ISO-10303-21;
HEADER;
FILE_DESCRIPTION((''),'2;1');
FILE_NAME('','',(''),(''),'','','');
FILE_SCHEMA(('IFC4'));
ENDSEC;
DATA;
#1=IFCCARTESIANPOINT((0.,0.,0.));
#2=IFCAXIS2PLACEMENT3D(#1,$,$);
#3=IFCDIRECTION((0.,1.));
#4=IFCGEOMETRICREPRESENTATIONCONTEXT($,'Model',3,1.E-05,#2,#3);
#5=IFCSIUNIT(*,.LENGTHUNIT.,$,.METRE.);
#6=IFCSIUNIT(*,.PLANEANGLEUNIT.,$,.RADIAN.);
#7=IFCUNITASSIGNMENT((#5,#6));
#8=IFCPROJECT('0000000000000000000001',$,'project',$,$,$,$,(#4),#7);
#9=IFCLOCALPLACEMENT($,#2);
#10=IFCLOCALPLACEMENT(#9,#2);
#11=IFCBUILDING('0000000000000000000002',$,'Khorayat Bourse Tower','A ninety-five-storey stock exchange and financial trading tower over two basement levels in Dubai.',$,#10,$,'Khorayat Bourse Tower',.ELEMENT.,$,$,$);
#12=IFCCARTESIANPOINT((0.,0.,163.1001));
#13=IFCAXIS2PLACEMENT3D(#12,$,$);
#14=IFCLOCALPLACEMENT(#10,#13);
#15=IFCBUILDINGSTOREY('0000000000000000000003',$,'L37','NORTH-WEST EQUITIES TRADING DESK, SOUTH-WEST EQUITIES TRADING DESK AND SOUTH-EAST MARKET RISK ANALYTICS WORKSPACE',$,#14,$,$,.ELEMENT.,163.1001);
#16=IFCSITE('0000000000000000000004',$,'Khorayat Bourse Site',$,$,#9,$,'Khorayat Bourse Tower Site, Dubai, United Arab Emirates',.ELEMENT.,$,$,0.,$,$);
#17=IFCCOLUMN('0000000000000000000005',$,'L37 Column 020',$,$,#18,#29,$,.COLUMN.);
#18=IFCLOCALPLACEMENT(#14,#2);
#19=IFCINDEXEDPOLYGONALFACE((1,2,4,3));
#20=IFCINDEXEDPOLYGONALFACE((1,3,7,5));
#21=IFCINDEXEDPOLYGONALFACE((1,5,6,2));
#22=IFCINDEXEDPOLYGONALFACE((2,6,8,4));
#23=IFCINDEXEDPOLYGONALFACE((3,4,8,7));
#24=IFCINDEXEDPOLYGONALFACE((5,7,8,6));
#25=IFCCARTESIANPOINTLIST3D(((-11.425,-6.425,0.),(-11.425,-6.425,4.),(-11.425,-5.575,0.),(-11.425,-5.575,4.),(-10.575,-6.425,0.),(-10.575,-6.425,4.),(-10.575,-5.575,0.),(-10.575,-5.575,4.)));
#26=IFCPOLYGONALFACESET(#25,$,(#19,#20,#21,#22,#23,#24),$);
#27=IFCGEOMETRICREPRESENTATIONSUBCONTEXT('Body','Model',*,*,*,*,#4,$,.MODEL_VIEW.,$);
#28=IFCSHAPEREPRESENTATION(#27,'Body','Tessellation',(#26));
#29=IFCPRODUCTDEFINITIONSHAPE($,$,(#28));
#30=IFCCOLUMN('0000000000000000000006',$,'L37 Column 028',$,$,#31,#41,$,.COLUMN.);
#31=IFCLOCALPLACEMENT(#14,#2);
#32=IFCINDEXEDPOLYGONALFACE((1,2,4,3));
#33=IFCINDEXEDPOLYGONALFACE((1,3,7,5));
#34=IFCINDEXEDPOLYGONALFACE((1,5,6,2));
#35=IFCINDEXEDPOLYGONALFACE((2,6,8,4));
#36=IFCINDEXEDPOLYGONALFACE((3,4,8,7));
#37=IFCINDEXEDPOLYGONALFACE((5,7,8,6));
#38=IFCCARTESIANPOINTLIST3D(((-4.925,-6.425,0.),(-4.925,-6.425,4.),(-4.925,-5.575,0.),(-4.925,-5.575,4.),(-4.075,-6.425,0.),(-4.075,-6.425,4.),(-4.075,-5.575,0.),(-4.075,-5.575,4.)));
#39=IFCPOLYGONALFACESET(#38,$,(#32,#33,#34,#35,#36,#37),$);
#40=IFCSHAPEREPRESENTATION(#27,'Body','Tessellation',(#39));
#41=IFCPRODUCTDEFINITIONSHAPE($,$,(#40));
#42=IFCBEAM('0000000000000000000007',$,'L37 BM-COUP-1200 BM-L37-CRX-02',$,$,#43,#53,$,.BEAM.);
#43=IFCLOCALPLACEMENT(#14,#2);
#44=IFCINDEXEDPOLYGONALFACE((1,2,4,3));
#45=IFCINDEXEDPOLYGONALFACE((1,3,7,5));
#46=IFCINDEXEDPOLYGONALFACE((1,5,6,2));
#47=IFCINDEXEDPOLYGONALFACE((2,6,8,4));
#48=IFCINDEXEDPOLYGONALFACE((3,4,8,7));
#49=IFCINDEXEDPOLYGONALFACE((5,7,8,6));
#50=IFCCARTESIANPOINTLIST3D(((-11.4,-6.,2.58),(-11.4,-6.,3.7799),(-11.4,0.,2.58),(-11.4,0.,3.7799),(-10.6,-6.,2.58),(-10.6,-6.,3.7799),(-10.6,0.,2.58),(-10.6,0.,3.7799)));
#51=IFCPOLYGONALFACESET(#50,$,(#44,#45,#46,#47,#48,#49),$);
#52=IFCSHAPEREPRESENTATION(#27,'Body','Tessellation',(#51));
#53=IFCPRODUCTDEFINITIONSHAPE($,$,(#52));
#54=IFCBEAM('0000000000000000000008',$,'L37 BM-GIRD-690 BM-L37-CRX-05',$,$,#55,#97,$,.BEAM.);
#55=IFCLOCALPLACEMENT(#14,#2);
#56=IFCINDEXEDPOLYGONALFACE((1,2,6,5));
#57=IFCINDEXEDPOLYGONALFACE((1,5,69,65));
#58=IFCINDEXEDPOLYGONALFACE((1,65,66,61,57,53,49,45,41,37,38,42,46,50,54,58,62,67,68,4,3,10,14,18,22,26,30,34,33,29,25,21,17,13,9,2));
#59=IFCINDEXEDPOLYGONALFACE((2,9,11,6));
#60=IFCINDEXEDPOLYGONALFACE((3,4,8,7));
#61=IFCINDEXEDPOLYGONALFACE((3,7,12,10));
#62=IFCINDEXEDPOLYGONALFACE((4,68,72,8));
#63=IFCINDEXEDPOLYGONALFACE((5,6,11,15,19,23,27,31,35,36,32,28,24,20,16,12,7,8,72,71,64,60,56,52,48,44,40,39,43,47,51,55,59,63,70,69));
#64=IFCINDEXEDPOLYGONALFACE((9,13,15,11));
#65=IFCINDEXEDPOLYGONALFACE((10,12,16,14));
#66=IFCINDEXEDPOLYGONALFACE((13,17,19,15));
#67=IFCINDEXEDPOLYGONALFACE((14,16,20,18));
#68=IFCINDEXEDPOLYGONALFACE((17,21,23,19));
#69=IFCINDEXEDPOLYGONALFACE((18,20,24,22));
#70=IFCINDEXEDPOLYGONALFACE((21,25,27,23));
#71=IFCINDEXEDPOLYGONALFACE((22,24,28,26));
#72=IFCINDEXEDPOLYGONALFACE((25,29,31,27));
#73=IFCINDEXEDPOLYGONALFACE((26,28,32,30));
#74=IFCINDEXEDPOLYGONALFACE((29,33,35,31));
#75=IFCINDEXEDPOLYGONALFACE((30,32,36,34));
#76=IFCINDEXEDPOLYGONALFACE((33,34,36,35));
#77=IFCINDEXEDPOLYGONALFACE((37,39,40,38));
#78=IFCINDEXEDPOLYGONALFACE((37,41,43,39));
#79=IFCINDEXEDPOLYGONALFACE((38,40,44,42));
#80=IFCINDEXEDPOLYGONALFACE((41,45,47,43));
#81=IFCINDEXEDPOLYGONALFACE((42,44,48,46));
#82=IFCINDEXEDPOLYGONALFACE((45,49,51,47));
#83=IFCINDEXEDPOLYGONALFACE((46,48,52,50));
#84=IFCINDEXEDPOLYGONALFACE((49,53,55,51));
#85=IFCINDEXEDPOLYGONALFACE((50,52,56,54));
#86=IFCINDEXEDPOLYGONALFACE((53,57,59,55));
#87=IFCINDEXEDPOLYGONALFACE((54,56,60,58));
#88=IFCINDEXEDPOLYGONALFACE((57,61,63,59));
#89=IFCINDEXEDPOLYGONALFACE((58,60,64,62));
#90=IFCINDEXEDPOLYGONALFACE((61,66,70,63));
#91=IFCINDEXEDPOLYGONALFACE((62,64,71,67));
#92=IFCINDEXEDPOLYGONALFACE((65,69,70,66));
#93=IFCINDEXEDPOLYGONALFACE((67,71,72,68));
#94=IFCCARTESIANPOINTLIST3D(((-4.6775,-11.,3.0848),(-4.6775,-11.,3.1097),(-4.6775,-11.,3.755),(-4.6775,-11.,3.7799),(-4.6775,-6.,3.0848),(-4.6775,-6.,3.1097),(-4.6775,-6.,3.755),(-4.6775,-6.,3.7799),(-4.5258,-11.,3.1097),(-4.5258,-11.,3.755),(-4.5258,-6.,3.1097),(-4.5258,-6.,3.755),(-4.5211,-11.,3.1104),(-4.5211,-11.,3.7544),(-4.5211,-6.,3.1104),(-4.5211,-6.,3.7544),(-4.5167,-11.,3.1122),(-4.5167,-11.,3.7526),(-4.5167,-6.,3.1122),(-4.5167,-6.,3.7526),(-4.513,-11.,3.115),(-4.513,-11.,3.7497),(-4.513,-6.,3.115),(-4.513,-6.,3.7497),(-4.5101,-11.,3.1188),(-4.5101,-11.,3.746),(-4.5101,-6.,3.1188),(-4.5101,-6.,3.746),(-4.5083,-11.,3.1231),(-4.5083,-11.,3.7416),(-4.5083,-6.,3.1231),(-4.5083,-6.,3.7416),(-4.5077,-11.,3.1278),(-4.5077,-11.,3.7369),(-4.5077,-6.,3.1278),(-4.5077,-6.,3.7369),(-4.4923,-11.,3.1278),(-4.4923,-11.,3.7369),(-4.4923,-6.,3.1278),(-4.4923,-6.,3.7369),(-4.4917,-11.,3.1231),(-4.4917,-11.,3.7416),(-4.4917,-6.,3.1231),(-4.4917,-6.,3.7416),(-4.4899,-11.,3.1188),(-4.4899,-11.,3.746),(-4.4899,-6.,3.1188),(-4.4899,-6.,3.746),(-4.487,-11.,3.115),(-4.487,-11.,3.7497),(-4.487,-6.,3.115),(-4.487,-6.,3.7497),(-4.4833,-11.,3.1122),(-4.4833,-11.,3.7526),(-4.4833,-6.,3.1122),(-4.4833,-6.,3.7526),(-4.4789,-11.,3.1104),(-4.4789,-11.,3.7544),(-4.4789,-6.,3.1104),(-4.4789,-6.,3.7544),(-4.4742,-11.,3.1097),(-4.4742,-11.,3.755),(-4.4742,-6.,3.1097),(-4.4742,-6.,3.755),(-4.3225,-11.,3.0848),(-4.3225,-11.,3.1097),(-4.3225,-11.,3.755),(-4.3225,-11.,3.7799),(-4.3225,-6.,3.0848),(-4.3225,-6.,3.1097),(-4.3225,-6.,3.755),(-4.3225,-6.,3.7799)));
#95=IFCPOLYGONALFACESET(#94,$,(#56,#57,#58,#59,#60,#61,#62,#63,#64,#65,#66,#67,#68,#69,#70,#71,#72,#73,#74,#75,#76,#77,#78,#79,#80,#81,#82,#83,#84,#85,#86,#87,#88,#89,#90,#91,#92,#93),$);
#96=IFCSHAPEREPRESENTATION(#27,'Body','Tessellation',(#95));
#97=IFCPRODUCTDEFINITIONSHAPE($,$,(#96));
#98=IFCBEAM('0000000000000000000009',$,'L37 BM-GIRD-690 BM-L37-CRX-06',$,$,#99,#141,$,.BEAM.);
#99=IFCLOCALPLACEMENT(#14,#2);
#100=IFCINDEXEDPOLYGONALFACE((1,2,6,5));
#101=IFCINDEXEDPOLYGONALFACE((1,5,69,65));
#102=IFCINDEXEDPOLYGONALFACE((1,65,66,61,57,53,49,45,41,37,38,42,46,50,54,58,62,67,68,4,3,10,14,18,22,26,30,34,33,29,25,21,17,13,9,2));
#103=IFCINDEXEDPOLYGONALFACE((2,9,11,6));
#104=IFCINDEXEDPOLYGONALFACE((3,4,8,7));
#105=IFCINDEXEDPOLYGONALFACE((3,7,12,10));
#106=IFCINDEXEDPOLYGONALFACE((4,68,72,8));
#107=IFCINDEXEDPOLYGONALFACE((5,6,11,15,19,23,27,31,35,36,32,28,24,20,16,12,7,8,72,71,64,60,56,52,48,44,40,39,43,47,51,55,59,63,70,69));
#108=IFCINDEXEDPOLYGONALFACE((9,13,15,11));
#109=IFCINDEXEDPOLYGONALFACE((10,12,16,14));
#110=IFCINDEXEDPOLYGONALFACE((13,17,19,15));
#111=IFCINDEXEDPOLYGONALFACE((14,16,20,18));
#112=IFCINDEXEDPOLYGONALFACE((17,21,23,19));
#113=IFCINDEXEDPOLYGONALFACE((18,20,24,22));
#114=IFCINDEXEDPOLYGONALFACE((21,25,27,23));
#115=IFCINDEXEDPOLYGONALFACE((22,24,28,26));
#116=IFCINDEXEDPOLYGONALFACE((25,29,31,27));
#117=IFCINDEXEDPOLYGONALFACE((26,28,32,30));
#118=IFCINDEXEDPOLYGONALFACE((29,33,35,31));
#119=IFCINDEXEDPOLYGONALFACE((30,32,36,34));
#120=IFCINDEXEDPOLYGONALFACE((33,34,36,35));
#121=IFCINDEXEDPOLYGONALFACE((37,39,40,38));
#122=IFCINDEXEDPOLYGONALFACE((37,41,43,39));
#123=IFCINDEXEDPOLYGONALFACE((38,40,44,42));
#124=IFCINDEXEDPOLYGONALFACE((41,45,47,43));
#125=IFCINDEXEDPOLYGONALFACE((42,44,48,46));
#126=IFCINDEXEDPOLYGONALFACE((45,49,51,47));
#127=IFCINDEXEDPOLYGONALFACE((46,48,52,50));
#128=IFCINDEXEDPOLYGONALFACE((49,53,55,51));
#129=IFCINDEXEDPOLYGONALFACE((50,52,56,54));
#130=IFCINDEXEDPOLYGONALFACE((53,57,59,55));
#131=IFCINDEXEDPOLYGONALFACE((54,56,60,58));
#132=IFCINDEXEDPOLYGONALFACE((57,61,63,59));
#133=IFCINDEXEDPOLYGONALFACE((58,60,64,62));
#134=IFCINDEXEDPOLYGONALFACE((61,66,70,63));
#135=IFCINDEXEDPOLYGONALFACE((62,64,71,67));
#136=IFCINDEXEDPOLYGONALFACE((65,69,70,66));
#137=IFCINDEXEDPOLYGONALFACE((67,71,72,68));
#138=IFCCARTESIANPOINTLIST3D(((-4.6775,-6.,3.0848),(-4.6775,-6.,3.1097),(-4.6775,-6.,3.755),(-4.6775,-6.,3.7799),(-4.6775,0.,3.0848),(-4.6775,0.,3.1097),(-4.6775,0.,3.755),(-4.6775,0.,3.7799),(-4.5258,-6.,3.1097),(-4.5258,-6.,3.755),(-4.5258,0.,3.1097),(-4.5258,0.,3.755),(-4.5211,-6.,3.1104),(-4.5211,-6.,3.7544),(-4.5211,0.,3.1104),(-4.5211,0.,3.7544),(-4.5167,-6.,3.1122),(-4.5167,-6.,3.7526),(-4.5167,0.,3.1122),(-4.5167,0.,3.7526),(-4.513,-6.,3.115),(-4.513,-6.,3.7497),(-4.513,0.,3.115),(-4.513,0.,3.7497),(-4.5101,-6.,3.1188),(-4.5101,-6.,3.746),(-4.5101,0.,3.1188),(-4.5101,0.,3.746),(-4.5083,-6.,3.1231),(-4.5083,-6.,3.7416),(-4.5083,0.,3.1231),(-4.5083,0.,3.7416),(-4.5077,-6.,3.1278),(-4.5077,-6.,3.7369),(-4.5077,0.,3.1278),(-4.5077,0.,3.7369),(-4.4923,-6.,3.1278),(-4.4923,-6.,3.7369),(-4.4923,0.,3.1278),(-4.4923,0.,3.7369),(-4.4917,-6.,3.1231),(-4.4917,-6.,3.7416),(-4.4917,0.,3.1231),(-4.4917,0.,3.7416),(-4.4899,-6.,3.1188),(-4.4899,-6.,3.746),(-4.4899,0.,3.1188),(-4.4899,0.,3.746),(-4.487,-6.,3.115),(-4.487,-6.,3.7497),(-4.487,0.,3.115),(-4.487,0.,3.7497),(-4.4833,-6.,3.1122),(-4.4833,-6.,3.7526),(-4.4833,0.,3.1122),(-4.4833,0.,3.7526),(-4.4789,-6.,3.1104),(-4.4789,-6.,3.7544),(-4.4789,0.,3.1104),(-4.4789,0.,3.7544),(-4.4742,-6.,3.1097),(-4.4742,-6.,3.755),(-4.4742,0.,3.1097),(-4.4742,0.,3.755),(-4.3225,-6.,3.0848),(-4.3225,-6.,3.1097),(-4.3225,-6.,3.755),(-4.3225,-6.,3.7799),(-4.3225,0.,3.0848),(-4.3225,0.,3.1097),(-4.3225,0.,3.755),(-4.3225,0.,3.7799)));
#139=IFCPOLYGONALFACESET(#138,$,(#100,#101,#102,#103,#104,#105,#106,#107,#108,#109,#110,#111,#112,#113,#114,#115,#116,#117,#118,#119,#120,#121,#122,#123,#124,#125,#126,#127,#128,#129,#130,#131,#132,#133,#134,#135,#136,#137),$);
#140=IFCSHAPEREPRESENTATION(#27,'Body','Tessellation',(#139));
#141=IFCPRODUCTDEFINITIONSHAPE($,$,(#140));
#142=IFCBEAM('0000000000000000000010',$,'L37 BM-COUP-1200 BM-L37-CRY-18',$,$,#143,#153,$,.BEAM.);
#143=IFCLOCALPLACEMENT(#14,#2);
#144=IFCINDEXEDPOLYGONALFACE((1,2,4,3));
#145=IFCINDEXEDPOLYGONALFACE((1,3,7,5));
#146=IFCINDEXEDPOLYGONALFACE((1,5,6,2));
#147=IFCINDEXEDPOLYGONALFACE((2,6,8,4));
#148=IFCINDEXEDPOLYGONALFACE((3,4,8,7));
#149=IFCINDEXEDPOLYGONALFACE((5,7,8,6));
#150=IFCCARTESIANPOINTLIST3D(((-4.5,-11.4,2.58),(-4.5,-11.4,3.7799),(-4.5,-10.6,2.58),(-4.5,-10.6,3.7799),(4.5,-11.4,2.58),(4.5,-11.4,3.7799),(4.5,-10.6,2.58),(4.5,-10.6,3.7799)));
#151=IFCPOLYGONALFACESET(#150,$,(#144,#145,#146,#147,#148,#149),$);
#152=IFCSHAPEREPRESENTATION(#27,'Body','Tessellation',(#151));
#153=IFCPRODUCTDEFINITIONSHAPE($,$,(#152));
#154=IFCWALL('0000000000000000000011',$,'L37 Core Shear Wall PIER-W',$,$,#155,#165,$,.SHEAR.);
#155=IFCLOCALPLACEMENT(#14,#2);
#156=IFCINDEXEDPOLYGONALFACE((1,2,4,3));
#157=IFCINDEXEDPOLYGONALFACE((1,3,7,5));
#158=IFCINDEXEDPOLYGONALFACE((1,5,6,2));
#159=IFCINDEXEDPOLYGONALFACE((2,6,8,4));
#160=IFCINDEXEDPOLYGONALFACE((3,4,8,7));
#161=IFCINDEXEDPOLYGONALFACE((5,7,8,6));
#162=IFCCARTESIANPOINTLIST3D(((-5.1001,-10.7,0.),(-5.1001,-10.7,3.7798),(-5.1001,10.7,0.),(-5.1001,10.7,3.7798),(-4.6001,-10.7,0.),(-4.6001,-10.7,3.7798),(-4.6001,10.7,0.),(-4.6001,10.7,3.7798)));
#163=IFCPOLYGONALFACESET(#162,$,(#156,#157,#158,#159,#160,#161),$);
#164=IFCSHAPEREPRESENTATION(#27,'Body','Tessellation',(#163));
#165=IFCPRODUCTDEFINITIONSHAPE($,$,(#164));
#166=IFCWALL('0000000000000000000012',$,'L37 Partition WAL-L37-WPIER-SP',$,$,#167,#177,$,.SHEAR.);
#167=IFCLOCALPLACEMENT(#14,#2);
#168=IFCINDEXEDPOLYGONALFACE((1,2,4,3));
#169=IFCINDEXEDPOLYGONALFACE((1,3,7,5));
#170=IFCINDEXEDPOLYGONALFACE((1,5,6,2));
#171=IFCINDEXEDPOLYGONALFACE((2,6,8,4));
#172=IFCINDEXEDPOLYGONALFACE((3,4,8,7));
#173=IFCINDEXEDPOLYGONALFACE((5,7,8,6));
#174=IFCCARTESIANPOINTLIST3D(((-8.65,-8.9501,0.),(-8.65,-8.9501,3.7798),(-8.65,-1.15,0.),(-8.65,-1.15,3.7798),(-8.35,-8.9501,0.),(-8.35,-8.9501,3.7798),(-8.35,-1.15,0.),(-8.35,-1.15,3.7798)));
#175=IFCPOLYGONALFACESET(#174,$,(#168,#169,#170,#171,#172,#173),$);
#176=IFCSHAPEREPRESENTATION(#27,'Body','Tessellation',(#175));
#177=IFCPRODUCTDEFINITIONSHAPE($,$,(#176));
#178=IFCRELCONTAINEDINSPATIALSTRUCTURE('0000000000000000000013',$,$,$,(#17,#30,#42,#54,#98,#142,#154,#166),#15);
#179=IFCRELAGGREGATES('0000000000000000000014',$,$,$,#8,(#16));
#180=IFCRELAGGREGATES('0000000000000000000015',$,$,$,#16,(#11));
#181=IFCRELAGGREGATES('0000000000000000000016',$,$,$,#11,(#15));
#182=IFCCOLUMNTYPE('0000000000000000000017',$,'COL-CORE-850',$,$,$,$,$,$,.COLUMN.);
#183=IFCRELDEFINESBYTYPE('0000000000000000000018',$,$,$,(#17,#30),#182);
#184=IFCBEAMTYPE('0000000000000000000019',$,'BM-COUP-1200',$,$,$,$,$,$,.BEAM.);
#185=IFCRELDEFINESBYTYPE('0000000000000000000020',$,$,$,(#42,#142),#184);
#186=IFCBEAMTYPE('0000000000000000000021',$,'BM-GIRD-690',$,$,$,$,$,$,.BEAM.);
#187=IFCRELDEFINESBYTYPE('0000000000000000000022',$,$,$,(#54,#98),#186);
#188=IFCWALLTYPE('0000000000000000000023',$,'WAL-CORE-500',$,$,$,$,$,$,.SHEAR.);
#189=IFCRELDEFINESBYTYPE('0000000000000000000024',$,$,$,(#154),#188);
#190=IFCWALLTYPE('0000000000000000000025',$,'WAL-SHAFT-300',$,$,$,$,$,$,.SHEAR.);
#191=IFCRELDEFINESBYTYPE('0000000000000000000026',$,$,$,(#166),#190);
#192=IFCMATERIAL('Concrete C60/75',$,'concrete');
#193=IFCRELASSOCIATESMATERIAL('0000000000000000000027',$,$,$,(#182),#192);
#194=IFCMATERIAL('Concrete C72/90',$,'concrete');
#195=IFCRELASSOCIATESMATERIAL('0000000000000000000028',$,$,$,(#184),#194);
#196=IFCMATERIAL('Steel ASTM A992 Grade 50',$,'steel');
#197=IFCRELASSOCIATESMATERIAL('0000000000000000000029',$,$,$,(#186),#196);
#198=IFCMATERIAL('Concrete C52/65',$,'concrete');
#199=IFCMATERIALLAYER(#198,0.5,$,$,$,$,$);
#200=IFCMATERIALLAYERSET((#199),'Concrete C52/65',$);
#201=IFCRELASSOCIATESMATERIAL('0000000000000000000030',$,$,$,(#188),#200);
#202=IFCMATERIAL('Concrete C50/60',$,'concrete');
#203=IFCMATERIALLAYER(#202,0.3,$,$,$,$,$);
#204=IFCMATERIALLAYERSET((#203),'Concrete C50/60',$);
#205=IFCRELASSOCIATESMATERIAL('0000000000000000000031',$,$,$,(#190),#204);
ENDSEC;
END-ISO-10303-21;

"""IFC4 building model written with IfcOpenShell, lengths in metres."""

from ifc_helpers import new_model, si_unit, direction, frame, frame_2d, origin, origin_2d, place, context, subcontext, project, spatial, rectangle, i_section, extrude, source, transform, mapped, material, layer, layer_set, material_profile, profile_set, type_object, element, save


model = new_model("IFC4")

# Units and contexts
model_context = context("Model", 3, precision=1e-05, world=origin(), true_north=direction((0.0, 1.0)))
body_context = subcontext(model_context, "Body", "Model", "MODEL_VIEW")
ifc_project = project(units=[si_unit("LENGTHUNIT", "METRE"), si_unit("PLANEANGLEUNIT", "RADIAN")], contexts=[model_context])

# Site, building, storey
site_placement = place(None, origin())
site = spatial("IfcSite", under=ifc_project, at=site_placement, Name="Khorayat Bourse Site", LongName="Khorayat Bourse Tower Site, Dubai, United Arab Emirates", CompositionType="ELEMENT", RefElevation=0.0)
building_placement = place(site_placement, origin())
building = spatial("IfcBuilding", under=site, at=building_placement, Name="Khorayat Bourse Tower", Description="A ninety-five-storey stock exchange and financial trading tower over two basement levels in Dubai.", LongName="Khorayat Bourse Tower", CompositionType="ELEMENT")
storey_placement = place(building_placement, frame((0.0, 0.0, 163.1001)))
storey = spatial("IfcBuildingStorey", under=building, at=storey_placement, Name="L37", Description="NORTH-WEST EQUITIES TRADING DESK, SOUTH-WEST EQUITIES TRADING DESK AND SOUTH-EAST MARKET RISK ANALYTICS WORKSPACE", CompositionType="ELEMENT", Elevation=163.1001)

# Columns
ifc_material_1 = material(Name="Concrete C60/75", Category="concrete")
ifc_material_profile_1 = material_profile(ifc_material_1, rectangle(XDim=0.8501, YDim=0.8501, at=origin_2d()), Name="RC 850x850")
ifc_profile_set_1 = profile_set([ifc_material_profile_1], Name="Concrete C60/75")
column_type = type_object("IfcColumnType", Name="COL-CORE-850", PredefinedType="COLUMN", material=ifc_profile_set_1)
shared_shape_1 = source(origin(), body_context, "Body", "SweptSolid", [
    extrude(rectangle(XDim=0.8501, YDim=0.8501, at=origin_2d()), origin(), (0.0, 0.0, 1.0), 4.0),
])
for number, where, z_axis, x_axis, name in (
    (1, (-11.0, -6.0, 0.0), (0.0, 0.0, 1.0), (1.0, 0.0, 0.0), "L37 Column 020"),
    (2, (-4.5, -6.0, 0.0), (0.0, 0.0, 1.0), (1.0, 0.0, 0.0), "L37 Column 028"),
):
    element("IfcColumn", number, at=place(storey_placement, frame(where, z_axis=z_axis, x_axis=x_axis)), inside=storey, type_object=column_type, Name=name, PredefinedType="COLUMN", context=body_context, shape_type="MappedRepresentation", body=[
        mapped(shared_shape_1, transform((0.0, 0.0, 0.0), scale=1.0)),
    ])

# Beams
ifc_material_2 = material(Name="Concrete C72/90", Category="concrete")
ifc_material_profile_2 = material_profile(ifc_material_2, rectangle(XDim=0.8, YDim=1.2, at=origin_2d()), Name="RC 800x1200")
ifc_profile_set_2 = profile_set([ifc_material_profile_2], Name="Concrete C72/90")
beam_type_1 = type_object("IfcBeamType", Name="BM-COUP-1200", PredefinedType="BEAM", material=ifc_profile_set_2)
shared_shape_2 = source(origin(), body_context, "Body", "SweptSolid", [
    extrude(rectangle(XDim=0.8, YDim=1.2, at=origin_2d()), origin(), (0.0, 0.0, 1.0), 6.0),
])
beam_1_placement = place(storey_placement, frame((-11.0, -6.0, 3.1799), z_axis=(0.0, 1.0, 0.0), x_axis=(-1.0, 0.0, 0.0)))
element("IfcBeam", 3, at=beam_1_placement, inside=storey, type_object=beam_type_1, Name="L37 BM-COUP-1200 BM-L37-CRX-02", PredefinedType="BEAM", context=body_context, shape_type="MappedRepresentation", body=[
    mapped(shared_shape_2, transform((0.0, 0.0, 0.0), scale=1.0)),
])
ifc_material_3 = material(Name="Steel ASTM A992 Grade 50", Category="steel")
ifc_material_profile_3 = material_profile(ifc_material_3, i_section(OverallWidth=0.355, OverallDepth=0.6951, WebThickness=0.0154, FlangeThickness=0.0249, FilletRadius=0.0181, at=origin_2d()), Name="W690X217")
ifc_profile_set_3 = profile_set([ifc_material_profile_3], Name="Steel ASTM A992 Grade 50")
beam_type_2 = type_object("IfcBeamType", Name="BM-GIRD-690", PredefinedType="BEAM", material=ifc_profile_set_3)
shared_shape_3 = source(origin(), body_context, "Body", "SweptSolid", [
    extrude(i_section(OverallWidth=0.355, OverallDepth=0.6951, WebThickness=0.0154, FlangeThickness=0.0249, FilletRadius=0.0181, at=origin_2d()), origin(), (0.0, 0.0, 1.0), 5.0),
])
beam_2_placement = place(storey_placement, frame((-4.5, -11.0, 3.4324), z_axis=(0.0, 1.0, 0.0), x_axis=(-1.0, 0.0, 0.0)))
element("IfcBeam", 4, at=beam_2_placement, inside=storey, type_object=beam_type_2, Name="L37 BM-GIRD-690 BM-L37-CRX-05", PredefinedType="BEAM", context=body_context, shape_type="MappedRepresentation", body=[
    mapped(shared_shape_3, transform((0.0, 0.0, 0.0), scale=1.0)),
])
shared_shape_4 = source(origin(), body_context, "Body", "SweptSolid", [
    extrude(i_section(OverallWidth=0.355, OverallDepth=0.6951, WebThickness=0.0154, FlangeThickness=0.0249, FilletRadius=0.0181, at=origin_2d()), origin(), (0.0, 0.0, 1.0), 6.0),
])
beam_3_placement = place(storey_placement, frame((-4.5, -6.0, 3.4324), z_axis=(0.0, 1.0, 0.0), x_axis=(-1.0, 0.0, 0.0)))
element("IfcBeam", 5, at=beam_3_placement, inside=storey, type_object=beam_type_2, Name="L37 BM-GIRD-690 BM-L37-CRX-06", PredefinedType="BEAM", context=body_context, shape_type="MappedRepresentation", body=[
    mapped(shared_shape_4, transform((0.0, 0.0, 0.0), scale=1.0)),
])
shared_shape_5 = source(origin(), body_context, "Body", "SweptSolid", [
    extrude(rectangle(XDim=0.8, YDim=1.2, at=origin_2d()), origin(), (0.0, 0.0, 1.0), 9.0),
])
beam_4_placement = place(storey_placement, frame((-4.5, -11.0, 3.1799), z_axis=(1.0, 0.0, 0.0), x_axis=(0.0, 1.0, 0.0)))
element("IfcBeam", 6, at=beam_4_placement, inside=storey, type_object=beam_type_1, Name="L37 BM-COUP-1200 BM-L37-CRY-18", PredefinedType="BEAM", context=body_context, shape_type="MappedRepresentation", body=[
    mapped(shared_shape_5, transform((0.0, 0.0, 0.0), scale=1.0)),
])

# Walls
ifc_material_4 = material(Name="Concrete C52/65", Category="concrete")
ifc_layer_1 = layer(ifc_material_4, 0.5)
ifc_layer_set_1 = layer_set([ifc_layer_1], Name="Concrete C52/65")
wall_type_1 = type_object("IfcWallType", Name="WAL-CORE-500", PredefinedType="SHEAR", material=ifc_layer_set_1)
shared_shape_6 = source(origin(), body_context, "Body", "SweptSolid", [
    extrude(rectangle(XDim=21.3999, YDim=0.5, at=frame_2d((10.7, 0.0))), origin(), (0.0, 0.0, 1.0), 3.7798),
])
wall_1_placement = place(storey_placement, frame((-4.8501, -10.7, 0.0), z_axis=(0.0, 0.0, 1.0), x_axis=(0.0, 1.0, 0.0)))
element("IfcWall", 7, at=wall_1_placement, inside=storey, type_object=wall_type_1, Name="L37 Core Shear Wall PIER-W", PredefinedType="SHEAR", context=body_context, shape_type="MappedRepresentation", body=[
    mapped(shared_shape_6, transform((0.0, 0.0, 0.0), scale=1.0)),
])
ifc_material_5 = material(Name="Concrete C50/60", Category="concrete")
ifc_layer_2 = layer(ifc_material_5, 0.3)
ifc_layer_set_2 = layer_set([ifc_layer_2], Name="Concrete C50/60")
wall_type_2 = type_object("IfcWallType", Name="WAL-SHAFT-300", PredefinedType="SHEAR", material=ifc_layer_set_2)
shared_shape_7 = source(origin(), body_context, "Body", "SweptSolid", [
    extrude(rectangle(XDim=7.8, YDim=0.3, at=frame_2d((3.8999, 0.0))), origin(), (0.0, 0.0, 1.0), 3.7798),
])
wall_2_placement = place(storey_placement, frame((-8.5, -8.95, 0.0), z_axis=(0.0, 0.0, 1.0), x_axis=(0.0, 1.0, 0.0)))
element("IfcWall", 8, at=wall_2_placement, inside=storey, type_object=wall_type_2, Name="L37 Partition WAL-L37-WPIER-SP", PredefinedType="SHEAR", context=body_context, shape_type="MappedRepresentation", body=[
    mapped(shared_shape_7, transform((0.0, 0.0, 0.0), scale=1.0)),
])

save(model, "model.ifc")
